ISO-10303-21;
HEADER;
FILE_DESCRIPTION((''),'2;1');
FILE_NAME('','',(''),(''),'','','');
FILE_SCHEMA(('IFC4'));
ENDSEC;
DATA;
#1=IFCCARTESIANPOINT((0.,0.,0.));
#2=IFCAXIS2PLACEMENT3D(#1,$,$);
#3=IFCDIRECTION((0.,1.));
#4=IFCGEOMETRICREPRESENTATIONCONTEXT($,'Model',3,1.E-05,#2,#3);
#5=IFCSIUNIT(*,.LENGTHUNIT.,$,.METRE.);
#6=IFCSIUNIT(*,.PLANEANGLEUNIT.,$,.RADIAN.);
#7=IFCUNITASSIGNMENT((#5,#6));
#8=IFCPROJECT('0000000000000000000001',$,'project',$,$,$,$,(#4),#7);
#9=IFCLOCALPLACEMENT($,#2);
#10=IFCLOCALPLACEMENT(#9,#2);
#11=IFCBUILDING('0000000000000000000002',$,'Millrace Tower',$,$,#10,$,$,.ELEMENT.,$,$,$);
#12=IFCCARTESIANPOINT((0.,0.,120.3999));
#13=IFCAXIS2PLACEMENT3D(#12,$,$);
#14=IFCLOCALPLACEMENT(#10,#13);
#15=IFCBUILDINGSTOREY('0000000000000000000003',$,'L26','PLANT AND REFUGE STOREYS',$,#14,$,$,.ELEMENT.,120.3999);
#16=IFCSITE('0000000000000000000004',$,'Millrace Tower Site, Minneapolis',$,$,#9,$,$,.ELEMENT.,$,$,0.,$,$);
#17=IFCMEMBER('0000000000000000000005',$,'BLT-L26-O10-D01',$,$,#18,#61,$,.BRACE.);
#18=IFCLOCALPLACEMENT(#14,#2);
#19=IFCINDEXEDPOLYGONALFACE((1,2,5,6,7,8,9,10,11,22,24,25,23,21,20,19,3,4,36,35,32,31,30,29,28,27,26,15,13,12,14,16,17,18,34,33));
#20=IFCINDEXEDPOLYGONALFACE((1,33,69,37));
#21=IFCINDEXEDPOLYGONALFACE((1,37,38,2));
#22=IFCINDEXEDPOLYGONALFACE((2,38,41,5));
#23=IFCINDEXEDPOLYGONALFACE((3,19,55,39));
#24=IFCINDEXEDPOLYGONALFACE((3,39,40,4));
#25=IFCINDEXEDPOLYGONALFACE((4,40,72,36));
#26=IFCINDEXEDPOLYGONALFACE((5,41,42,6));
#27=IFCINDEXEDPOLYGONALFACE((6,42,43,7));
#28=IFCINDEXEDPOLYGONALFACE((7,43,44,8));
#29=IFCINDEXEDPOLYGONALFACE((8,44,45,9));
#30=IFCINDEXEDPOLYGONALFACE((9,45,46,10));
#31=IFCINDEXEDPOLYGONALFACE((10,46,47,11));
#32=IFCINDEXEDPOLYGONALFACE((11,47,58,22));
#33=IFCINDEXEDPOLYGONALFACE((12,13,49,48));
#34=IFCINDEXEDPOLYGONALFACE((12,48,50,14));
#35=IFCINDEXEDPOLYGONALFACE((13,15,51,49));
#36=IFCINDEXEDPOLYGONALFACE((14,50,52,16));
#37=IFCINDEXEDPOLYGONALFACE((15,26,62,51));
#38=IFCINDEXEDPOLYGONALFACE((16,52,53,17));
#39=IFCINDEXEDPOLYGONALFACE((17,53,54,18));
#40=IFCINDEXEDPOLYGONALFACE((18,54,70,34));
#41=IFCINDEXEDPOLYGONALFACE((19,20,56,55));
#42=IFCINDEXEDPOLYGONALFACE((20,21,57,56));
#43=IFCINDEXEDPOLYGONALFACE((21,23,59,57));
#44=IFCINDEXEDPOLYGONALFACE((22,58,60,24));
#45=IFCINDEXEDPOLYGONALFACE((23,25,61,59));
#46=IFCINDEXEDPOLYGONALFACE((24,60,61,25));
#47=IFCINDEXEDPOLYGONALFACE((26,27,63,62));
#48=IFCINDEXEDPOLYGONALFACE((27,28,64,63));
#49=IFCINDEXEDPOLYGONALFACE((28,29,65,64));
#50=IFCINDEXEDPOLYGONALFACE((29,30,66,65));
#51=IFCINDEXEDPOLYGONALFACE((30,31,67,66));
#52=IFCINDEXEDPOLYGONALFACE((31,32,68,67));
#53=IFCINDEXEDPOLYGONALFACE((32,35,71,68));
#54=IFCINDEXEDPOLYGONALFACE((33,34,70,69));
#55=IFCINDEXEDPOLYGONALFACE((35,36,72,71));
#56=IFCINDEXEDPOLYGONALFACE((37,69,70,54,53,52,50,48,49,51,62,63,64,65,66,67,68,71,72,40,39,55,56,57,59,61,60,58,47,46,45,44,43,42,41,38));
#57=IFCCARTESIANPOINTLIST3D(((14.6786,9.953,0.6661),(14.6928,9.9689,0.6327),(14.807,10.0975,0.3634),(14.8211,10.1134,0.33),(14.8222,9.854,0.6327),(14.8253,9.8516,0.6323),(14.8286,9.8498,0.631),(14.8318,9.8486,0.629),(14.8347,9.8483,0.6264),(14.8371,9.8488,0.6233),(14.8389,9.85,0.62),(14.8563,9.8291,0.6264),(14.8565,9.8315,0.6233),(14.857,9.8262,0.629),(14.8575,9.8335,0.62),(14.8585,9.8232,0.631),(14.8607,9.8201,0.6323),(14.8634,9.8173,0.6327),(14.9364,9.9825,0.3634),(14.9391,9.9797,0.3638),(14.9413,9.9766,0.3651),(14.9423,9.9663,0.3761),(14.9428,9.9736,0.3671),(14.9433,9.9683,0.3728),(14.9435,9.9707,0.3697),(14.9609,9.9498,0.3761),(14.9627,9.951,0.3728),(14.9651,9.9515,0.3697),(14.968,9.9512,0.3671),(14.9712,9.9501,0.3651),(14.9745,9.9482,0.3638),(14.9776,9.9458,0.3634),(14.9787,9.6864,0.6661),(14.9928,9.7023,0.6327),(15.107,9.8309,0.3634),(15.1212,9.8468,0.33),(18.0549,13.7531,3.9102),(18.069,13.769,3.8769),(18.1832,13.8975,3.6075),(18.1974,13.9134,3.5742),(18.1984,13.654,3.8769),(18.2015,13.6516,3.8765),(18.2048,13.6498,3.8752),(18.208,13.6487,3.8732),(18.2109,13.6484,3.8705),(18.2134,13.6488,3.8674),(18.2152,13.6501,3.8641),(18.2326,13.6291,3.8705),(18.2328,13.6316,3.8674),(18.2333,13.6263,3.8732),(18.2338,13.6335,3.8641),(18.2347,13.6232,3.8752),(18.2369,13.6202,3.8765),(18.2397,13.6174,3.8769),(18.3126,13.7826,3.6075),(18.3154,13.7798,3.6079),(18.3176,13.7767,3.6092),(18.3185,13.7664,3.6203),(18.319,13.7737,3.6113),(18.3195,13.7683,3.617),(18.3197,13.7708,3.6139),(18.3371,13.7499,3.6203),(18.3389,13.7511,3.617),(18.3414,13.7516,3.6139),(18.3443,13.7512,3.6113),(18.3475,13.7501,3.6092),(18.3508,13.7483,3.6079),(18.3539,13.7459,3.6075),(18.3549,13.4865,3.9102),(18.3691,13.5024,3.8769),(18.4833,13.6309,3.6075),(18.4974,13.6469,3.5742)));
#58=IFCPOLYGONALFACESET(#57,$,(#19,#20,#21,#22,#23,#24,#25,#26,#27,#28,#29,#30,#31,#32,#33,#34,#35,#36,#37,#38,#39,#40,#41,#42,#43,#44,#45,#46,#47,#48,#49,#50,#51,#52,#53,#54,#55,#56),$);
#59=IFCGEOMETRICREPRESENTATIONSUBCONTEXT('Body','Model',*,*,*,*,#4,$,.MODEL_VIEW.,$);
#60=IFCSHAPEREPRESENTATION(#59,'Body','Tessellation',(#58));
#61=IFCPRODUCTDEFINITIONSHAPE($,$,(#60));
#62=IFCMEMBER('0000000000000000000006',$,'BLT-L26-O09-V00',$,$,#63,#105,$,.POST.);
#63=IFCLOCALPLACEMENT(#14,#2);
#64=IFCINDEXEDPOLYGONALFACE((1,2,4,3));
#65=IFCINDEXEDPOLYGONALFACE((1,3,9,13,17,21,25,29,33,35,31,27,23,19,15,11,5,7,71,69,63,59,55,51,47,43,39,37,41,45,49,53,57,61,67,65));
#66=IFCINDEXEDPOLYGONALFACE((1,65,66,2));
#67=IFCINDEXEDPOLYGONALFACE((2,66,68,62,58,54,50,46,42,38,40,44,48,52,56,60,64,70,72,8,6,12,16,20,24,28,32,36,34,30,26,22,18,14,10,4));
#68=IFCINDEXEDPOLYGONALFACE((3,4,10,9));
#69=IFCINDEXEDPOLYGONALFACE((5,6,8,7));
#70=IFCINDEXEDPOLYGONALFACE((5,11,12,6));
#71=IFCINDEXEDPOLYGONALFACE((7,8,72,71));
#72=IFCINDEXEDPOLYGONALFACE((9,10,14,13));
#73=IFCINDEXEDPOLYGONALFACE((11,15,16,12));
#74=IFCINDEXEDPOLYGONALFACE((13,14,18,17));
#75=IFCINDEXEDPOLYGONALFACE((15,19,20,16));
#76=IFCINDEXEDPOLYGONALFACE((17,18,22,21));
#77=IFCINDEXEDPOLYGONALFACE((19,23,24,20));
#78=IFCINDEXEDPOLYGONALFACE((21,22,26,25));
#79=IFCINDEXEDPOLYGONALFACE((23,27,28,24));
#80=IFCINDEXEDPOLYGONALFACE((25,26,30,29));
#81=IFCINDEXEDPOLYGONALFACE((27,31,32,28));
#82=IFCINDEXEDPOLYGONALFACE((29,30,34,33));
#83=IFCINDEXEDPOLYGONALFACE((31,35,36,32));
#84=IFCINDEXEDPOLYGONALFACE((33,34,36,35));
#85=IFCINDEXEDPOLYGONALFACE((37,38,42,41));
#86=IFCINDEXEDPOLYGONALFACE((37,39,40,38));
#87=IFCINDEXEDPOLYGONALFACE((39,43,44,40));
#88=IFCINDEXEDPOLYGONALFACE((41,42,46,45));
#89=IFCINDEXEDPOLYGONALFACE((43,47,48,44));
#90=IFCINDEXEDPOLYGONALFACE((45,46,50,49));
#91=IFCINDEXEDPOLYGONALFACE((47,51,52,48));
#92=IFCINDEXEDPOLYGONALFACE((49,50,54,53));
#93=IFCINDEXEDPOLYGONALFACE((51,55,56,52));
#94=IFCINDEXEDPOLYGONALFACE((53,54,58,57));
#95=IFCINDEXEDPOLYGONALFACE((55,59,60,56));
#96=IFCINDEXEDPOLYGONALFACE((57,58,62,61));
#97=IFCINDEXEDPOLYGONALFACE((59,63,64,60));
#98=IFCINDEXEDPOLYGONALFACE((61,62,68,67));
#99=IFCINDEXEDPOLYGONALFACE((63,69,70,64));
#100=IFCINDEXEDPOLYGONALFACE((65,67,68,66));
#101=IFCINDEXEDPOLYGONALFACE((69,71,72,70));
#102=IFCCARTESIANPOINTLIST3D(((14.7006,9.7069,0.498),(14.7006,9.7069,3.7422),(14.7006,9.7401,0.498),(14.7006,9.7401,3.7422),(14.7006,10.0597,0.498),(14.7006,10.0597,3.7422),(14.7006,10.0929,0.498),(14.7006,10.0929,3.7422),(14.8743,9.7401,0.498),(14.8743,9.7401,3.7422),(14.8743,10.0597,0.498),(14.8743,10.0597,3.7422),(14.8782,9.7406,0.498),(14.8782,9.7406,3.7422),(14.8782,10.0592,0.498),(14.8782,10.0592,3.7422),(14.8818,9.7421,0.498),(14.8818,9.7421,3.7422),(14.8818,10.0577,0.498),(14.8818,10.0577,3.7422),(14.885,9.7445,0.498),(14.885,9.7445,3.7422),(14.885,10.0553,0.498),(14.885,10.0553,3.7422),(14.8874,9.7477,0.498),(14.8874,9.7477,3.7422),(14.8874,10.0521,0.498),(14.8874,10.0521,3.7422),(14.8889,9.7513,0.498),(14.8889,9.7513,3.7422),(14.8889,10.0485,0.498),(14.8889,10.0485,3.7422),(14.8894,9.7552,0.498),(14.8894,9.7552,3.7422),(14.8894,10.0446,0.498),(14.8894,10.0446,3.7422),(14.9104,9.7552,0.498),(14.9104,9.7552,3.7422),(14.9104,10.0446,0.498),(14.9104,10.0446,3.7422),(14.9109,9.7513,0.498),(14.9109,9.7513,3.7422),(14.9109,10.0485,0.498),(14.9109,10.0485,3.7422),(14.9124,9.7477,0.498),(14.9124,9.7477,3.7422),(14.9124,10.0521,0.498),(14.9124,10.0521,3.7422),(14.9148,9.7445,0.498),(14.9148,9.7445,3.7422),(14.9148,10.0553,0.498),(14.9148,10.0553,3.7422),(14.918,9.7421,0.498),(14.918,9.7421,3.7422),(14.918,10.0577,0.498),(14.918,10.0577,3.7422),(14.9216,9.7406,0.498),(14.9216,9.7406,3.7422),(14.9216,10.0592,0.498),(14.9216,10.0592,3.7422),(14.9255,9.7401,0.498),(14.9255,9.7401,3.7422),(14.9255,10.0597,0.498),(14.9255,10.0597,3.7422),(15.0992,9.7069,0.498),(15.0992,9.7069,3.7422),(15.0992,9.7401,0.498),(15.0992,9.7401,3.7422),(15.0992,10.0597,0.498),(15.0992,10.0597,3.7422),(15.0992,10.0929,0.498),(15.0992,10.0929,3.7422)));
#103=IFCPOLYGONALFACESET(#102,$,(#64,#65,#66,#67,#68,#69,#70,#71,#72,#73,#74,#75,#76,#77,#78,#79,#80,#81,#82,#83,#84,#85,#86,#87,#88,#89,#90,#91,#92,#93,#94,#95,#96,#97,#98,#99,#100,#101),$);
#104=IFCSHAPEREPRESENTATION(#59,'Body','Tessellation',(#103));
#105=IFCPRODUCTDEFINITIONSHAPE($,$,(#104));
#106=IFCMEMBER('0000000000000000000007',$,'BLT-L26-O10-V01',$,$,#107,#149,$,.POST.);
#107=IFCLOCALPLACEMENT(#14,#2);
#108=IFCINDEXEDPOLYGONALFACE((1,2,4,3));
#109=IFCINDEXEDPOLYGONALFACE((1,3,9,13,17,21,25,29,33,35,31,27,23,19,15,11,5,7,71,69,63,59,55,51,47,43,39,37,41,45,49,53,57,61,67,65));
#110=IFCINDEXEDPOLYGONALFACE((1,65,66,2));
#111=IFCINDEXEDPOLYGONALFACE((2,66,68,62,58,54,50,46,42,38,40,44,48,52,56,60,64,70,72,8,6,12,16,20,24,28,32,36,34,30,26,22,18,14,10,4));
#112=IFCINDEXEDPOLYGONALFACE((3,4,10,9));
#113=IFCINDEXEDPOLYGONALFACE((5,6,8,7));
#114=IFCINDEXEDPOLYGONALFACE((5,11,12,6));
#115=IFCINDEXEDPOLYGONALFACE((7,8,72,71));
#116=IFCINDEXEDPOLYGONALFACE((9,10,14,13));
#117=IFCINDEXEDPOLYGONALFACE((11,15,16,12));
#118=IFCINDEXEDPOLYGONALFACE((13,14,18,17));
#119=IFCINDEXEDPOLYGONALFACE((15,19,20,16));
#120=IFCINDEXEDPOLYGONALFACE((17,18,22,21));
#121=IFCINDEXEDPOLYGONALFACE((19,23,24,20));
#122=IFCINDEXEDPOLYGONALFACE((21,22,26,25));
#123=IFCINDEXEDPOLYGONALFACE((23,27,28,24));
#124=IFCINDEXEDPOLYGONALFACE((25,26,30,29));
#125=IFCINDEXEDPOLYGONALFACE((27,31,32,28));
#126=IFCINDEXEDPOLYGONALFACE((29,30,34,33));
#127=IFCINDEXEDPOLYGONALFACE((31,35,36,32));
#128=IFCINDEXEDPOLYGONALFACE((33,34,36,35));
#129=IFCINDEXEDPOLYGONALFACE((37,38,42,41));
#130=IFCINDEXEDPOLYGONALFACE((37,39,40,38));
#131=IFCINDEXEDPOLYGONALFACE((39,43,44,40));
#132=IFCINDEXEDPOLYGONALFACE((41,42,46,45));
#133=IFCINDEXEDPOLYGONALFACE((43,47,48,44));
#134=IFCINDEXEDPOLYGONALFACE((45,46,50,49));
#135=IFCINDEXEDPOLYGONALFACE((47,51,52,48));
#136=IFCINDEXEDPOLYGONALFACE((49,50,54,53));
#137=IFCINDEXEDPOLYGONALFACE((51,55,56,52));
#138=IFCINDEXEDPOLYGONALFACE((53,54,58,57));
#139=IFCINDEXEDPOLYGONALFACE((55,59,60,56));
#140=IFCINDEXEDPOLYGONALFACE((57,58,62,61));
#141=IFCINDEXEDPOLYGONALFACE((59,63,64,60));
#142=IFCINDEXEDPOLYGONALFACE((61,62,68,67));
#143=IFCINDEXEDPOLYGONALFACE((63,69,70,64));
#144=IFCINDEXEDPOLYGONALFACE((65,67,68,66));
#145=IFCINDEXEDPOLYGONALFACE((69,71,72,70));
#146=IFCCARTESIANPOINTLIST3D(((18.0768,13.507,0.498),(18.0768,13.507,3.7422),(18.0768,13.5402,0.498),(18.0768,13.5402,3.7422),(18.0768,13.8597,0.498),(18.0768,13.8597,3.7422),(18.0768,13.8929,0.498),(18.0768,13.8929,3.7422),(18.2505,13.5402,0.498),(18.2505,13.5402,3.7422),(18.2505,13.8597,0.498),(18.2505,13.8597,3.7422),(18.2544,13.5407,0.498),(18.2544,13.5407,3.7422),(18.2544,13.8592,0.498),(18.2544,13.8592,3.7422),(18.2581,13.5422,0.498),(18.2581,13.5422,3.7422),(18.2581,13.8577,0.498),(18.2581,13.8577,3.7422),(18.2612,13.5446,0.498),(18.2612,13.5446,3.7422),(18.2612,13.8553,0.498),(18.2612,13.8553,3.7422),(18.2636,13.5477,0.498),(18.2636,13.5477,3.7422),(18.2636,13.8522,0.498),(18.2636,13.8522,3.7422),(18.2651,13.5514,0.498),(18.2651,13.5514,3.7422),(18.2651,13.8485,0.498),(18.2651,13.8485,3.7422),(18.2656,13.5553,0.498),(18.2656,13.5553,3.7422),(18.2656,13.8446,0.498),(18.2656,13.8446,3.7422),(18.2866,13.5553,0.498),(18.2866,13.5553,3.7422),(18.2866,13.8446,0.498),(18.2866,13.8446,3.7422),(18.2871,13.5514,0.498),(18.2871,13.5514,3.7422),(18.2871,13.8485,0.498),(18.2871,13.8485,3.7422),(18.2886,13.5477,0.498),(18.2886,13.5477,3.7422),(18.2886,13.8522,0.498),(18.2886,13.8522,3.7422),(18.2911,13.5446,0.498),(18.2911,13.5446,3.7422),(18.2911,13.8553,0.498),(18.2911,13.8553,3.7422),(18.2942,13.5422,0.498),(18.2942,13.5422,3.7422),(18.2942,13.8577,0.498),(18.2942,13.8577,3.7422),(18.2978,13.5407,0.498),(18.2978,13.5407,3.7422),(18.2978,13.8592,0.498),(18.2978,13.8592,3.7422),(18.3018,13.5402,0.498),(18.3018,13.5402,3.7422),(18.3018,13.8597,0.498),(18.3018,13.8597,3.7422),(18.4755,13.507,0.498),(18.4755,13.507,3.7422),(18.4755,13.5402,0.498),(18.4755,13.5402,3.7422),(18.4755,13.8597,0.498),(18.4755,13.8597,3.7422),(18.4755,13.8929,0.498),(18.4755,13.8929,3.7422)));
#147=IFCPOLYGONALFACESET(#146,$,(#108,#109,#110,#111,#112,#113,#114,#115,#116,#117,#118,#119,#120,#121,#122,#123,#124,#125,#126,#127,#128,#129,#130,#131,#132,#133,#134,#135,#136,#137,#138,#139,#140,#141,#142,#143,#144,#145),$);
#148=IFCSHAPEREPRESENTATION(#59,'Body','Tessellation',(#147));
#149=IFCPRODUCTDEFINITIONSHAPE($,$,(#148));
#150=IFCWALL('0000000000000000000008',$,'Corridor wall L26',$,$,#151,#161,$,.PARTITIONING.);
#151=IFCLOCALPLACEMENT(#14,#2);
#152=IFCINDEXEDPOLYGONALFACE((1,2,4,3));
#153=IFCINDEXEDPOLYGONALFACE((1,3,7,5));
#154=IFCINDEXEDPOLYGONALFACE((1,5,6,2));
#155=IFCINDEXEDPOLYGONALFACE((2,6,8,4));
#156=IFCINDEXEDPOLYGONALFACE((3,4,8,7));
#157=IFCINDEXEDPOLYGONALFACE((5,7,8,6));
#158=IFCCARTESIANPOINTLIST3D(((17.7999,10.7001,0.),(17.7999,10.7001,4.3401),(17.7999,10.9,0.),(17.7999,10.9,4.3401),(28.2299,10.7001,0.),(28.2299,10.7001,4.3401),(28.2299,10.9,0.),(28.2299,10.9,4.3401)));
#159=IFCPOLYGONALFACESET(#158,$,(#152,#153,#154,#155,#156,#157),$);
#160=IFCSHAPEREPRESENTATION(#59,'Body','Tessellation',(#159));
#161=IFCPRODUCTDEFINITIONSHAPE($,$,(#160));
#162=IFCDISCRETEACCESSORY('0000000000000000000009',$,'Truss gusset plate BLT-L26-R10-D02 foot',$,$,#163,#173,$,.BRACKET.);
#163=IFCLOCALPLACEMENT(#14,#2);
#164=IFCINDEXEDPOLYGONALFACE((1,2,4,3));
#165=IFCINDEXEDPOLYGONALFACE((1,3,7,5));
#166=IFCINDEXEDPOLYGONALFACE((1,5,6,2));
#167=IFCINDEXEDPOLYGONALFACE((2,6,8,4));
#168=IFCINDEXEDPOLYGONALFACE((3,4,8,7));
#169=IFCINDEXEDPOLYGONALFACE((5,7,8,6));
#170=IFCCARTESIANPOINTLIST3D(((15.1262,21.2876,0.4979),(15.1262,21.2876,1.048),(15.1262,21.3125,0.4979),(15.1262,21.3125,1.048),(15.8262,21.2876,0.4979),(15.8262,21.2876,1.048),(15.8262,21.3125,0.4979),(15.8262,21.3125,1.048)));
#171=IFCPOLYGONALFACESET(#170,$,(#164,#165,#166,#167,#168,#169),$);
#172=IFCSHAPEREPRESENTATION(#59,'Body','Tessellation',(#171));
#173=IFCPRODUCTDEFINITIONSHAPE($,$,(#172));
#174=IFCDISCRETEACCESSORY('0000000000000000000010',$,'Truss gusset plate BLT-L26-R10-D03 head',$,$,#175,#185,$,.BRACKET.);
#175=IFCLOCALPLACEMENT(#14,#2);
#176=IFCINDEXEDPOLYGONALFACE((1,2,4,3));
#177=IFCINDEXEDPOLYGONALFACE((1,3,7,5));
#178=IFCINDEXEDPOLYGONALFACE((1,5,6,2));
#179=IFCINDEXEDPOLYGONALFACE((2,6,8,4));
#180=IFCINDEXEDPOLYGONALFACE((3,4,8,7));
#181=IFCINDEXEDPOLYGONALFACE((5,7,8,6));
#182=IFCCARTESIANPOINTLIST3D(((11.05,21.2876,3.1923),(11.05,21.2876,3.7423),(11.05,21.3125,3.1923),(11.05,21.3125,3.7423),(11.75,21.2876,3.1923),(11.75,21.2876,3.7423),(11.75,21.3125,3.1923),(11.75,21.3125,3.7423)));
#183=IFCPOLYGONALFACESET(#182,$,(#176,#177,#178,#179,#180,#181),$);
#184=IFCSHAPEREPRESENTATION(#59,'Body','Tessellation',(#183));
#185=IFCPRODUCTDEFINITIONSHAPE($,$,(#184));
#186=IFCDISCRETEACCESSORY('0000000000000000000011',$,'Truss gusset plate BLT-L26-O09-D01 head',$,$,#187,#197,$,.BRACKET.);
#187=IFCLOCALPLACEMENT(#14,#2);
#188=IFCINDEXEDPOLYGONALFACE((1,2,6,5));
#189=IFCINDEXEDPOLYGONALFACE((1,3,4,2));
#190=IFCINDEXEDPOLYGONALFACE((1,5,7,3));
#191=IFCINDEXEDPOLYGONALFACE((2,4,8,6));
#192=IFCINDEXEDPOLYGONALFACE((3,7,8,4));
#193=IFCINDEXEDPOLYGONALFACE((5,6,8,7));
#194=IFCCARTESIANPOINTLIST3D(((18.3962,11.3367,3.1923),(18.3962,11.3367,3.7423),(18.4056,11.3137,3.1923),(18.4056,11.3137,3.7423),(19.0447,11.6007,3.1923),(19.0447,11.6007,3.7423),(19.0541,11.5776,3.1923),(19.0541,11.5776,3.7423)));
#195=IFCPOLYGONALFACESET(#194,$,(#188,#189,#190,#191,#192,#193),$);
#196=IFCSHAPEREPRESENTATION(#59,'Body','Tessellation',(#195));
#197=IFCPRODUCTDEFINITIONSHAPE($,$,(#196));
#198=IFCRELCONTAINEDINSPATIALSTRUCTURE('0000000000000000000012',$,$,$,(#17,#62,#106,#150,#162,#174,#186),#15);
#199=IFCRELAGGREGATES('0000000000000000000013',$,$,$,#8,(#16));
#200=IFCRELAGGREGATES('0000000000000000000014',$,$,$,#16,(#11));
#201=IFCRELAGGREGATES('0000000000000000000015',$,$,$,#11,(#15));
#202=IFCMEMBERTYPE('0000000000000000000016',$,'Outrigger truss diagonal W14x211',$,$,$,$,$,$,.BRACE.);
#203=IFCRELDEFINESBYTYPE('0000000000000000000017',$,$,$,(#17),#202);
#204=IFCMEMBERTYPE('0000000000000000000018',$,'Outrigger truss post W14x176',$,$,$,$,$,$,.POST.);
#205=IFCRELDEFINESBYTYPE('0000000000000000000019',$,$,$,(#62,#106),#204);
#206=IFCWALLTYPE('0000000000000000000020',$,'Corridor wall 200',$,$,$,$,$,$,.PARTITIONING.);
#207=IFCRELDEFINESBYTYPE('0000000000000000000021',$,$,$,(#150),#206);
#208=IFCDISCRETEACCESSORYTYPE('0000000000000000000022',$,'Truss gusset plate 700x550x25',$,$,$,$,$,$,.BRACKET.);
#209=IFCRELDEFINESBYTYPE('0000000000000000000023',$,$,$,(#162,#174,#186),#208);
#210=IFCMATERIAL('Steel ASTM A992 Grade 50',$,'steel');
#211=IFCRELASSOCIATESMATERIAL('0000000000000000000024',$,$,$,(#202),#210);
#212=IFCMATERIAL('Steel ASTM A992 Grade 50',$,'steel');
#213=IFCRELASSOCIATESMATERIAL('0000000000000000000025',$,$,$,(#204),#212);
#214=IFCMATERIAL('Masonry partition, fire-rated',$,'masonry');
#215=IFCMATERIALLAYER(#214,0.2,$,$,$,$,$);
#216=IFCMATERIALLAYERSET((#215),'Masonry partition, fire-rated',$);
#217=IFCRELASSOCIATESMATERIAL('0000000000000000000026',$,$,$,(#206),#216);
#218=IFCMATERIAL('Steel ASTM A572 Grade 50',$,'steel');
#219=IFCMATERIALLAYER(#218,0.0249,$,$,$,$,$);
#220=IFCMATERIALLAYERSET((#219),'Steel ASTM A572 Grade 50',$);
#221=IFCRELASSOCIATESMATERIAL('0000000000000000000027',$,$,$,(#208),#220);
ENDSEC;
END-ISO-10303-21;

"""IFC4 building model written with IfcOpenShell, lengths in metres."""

from ifc_helpers import new_model, si_unit, direction, frame, frame_2d, origin, origin_2d, place, context, subcontext, project, spatial, rectangle, i_section, extrude, material, layer, layer_set, material_profile, profile_set, type_object, element, save


model = new_model("IFC4")

# Units and contexts
model_context = context("Model", 3, precision=1e-05, world=origin(), true_north=direction((0.0, 1.0)))
body_context = subcontext(model_context, "Body", "Model", "MODEL_VIEW")
ifc_project = project(units=[si_unit("LENGTHUNIT", "METRE"), si_unit("PLANEANGLEUNIT", "RADIAN")], contexts=[model_context])

# Site, building, storey
site_placement = place(None, origin())
site = spatial("IfcSite", under=ifc_project, at=site_placement, Name="Millrace Tower Site, Minneapolis", CompositionType="ELEMENT", RefElevation=0.0)
building_placement = place(site_placement, origin())
building = spatial("IfcBuilding", under=site, at=building_placement, Name="Millrace Tower", CompositionType="ELEMENT")
storey_placement = place(building_placement, frame((0.0, 0.0, 120.3999)))
storey = spatial("IfcBuildingStorey", under=building, at=storey_placement, Name="L26", Description="PLANT AND REFUGE STOREYS", CompositionType="ELEMENT", Elevation=120.3999)

# Members
ifc_material_1 = material(Name="Steel ASTM A992 Grade 50", Category="steel")
ifc_material_profile_1 = material_profile(ifc_material_1, i_section(OverallWidth=0.4014, OverallDepth=0.3987, WebThickness=0.0249, FlangeThickness=0.0396, FilletRadius=0.0151, at=origin_2d()))
ifc_profile_set_1 = profile_set([ifc_material_profile_1], Name="Steel ASTM A992 Grade 50")
member_type_1 = type_object("IfcMemberType", Name="Outrigger truss diagonal W14x211", PredefinedType="BRACE", material=ifc_profile_set_1)
member_1_placement = place(storey_placement, frame((14.8999, 9.8999, 0.498), z_axis=(0.559882, 0.630166, 0.537979), x_axis=(-0.747566, 0.664188, 0.0)))
element("IfcMember", 1, at=member_1_placement, inside=storey, type_object=member_type_1, Name="BLT-L26-O10-D01", PredefinedType="BRACE", context=body_context, shape_type="SweptSolid", body=[
    extrude(i_section(OverallWidth=0.4014, OverallDepth=0.3987, WebThickness=0.0249, FlangeThickness=0.0396, FilletRadius=0.0151, at=origin_2d()), origin(), (0.0, 0.0, 1.0), 6.0303),
])
ifc_material_2 = material(Name="Steel ASTM A992 Grade 50", Category="steel")
ifc_material_profile_2 = material_profile(ifc_material_2, i_section(OverallWidth=0.3987, OverallDepth=0.386, WebThickness=0.021, FlangeThickness=0.0332, FilletRadius=0.0151, at=origin_2d()))
ifc_profile_set_2 = profile_set([ifc_material_profile_2], Name="Steel ASTM A992 Grade 50")
member_type_2 = type_object("IfcMemberType", Name="Outrigger truss post W14x176", PredefinedType="POST", material=ifc_profile_set_2)
for number, where, z_axis, x_axis, name in (
    (2, (14.8999, 9.8999, 0.498), (0.0, 0.0, 1.0), (1.0, 0.0, 0.0), "BLT-L26-O09-V00"),
    (3, (18.2761, 13.7, 0.498), (0.0, 0.0, 1.0), (1.0, 0.0, 0.0), "BLT-L26-O10-V01"),
):
    element("IfcMember", number, at=place(storey_placement, frame(where, z_axis=z_axis, x_axis=x_axis)), inside=storey, type_object=member_type_2, Name=name, PredefinedType="POST", context=body_context, shape_type="SweptSolid", body=[
        extrude(i_section(OverallWidth=0.3987, OverallDepth=0.386, WebThickness=0.021, FlangeThickness=0.0332, FilletRadius=0.0151, at=origin_2d()), origin(), (0.0, 0.0, 1.0), 3.2441),
    ])

# Wall
ifc_material_3 = material(Name="Masonry partition, fire-rated", Category="masonry")
ifc_layer_1 = layer(ifc_material_3, 0.2)
ifc_layer_set_1 = layer_set([ifc_layer_1], Name="Masonry partition, fire-rated")
wall_type = type_object("IfcWallType", Name="Corridor wall 200", PredefinedType="PARTITIONING", material=ifc_layer_set_1)
wall_placement = place(storey_placement, frame((17.8, 10.8, 0.0), z_axis=(0.0, 0.0, 1.0), x_axis=(1.0, 0.0, 0.0)))
element("IfcWall", 4, at=wall_placement, inside=storey, type_object=wall_type, Name="Corridor wall L26", PredefinedType="PARTITIONING", context=body_context, shape_type="SweptSolid", body=[
    extrude(rectangle(XDim=10.4299, YDim=0.2, at=frame_2d((5.2148, 0.0))), origin(), (0.0, 0.0, 1.0), 4.3401),
])

# Discrete accessories
ifc_material_4 = material(Name="Steel ASTM A572 Grade 50", Category="steel")
ifc_layer_2 = layer(ifc_material_4, 0.0249)
ifc_layer_set_2 = layer_set([ifc_layer_2], Name="Steel ASTM A572 Grade 50")
discrete_accessory_type = type_object("IfcDiscreteAccessoryType", Name="Truss gusset plate 700x550x25", PredefinedType="BRACKET", material=ifc_layer_set_2)
for number, where, z_axis, x_axis, name in (
    (5, (15.1262, 21.3, 0.7729), (1.0, 0.0, 0.0), (0.0, 1.0, 0.0), "Truss gusset plate BLT-L26-R10-D02 foot"),
    (6, (11.05, 21.3, 3.4673), (1.0, 0.0, 0.0), (0.0, 1.0, 0.0), "Truss gusset plate BLT-L26-R10-D03 head"),
):
    element("IfcDiscreteAccessory", number, at=place(storey_placement, frame(where, z_axis=z_axis, x_axis=x_axis)), inside=storey, type_object=discrete_accessory_type, Name=name, PredefinedType="BRACKET", context=body_context, shape_type="SweptSolid", body=[
        extrude(rectangle(XDim=0.0249, YDim=0.55, at=origin_2d()), origin(), (0.0, 0.0, 1.0), 0.7),
    ])
discrete_accessory_placement = place(storey_placement, frame((18.4009, 11.3252, 3.4673), z_axis=(0.926223, 0.376976, 0.0), x_axis=(-0.376976, 0.926223, 0.0)))
element("IfcDiscreteAccessory", 7, at=discrete_accessory_placement, inside=storey, type_object=discrete_accessory_type, Name="Truss gusset plate BLT-L26-O09-D01 head", PredefinedType="BRACKET", context=body_context, shape_type="SweptSolid", body=[
    extrude(rectangle(XDim=0.0249, YDim=0.55, at=origin_2d()), origin(), (0.0, 0.0, 1.0), 0.7002),
])

save(model, "model.ifc")
